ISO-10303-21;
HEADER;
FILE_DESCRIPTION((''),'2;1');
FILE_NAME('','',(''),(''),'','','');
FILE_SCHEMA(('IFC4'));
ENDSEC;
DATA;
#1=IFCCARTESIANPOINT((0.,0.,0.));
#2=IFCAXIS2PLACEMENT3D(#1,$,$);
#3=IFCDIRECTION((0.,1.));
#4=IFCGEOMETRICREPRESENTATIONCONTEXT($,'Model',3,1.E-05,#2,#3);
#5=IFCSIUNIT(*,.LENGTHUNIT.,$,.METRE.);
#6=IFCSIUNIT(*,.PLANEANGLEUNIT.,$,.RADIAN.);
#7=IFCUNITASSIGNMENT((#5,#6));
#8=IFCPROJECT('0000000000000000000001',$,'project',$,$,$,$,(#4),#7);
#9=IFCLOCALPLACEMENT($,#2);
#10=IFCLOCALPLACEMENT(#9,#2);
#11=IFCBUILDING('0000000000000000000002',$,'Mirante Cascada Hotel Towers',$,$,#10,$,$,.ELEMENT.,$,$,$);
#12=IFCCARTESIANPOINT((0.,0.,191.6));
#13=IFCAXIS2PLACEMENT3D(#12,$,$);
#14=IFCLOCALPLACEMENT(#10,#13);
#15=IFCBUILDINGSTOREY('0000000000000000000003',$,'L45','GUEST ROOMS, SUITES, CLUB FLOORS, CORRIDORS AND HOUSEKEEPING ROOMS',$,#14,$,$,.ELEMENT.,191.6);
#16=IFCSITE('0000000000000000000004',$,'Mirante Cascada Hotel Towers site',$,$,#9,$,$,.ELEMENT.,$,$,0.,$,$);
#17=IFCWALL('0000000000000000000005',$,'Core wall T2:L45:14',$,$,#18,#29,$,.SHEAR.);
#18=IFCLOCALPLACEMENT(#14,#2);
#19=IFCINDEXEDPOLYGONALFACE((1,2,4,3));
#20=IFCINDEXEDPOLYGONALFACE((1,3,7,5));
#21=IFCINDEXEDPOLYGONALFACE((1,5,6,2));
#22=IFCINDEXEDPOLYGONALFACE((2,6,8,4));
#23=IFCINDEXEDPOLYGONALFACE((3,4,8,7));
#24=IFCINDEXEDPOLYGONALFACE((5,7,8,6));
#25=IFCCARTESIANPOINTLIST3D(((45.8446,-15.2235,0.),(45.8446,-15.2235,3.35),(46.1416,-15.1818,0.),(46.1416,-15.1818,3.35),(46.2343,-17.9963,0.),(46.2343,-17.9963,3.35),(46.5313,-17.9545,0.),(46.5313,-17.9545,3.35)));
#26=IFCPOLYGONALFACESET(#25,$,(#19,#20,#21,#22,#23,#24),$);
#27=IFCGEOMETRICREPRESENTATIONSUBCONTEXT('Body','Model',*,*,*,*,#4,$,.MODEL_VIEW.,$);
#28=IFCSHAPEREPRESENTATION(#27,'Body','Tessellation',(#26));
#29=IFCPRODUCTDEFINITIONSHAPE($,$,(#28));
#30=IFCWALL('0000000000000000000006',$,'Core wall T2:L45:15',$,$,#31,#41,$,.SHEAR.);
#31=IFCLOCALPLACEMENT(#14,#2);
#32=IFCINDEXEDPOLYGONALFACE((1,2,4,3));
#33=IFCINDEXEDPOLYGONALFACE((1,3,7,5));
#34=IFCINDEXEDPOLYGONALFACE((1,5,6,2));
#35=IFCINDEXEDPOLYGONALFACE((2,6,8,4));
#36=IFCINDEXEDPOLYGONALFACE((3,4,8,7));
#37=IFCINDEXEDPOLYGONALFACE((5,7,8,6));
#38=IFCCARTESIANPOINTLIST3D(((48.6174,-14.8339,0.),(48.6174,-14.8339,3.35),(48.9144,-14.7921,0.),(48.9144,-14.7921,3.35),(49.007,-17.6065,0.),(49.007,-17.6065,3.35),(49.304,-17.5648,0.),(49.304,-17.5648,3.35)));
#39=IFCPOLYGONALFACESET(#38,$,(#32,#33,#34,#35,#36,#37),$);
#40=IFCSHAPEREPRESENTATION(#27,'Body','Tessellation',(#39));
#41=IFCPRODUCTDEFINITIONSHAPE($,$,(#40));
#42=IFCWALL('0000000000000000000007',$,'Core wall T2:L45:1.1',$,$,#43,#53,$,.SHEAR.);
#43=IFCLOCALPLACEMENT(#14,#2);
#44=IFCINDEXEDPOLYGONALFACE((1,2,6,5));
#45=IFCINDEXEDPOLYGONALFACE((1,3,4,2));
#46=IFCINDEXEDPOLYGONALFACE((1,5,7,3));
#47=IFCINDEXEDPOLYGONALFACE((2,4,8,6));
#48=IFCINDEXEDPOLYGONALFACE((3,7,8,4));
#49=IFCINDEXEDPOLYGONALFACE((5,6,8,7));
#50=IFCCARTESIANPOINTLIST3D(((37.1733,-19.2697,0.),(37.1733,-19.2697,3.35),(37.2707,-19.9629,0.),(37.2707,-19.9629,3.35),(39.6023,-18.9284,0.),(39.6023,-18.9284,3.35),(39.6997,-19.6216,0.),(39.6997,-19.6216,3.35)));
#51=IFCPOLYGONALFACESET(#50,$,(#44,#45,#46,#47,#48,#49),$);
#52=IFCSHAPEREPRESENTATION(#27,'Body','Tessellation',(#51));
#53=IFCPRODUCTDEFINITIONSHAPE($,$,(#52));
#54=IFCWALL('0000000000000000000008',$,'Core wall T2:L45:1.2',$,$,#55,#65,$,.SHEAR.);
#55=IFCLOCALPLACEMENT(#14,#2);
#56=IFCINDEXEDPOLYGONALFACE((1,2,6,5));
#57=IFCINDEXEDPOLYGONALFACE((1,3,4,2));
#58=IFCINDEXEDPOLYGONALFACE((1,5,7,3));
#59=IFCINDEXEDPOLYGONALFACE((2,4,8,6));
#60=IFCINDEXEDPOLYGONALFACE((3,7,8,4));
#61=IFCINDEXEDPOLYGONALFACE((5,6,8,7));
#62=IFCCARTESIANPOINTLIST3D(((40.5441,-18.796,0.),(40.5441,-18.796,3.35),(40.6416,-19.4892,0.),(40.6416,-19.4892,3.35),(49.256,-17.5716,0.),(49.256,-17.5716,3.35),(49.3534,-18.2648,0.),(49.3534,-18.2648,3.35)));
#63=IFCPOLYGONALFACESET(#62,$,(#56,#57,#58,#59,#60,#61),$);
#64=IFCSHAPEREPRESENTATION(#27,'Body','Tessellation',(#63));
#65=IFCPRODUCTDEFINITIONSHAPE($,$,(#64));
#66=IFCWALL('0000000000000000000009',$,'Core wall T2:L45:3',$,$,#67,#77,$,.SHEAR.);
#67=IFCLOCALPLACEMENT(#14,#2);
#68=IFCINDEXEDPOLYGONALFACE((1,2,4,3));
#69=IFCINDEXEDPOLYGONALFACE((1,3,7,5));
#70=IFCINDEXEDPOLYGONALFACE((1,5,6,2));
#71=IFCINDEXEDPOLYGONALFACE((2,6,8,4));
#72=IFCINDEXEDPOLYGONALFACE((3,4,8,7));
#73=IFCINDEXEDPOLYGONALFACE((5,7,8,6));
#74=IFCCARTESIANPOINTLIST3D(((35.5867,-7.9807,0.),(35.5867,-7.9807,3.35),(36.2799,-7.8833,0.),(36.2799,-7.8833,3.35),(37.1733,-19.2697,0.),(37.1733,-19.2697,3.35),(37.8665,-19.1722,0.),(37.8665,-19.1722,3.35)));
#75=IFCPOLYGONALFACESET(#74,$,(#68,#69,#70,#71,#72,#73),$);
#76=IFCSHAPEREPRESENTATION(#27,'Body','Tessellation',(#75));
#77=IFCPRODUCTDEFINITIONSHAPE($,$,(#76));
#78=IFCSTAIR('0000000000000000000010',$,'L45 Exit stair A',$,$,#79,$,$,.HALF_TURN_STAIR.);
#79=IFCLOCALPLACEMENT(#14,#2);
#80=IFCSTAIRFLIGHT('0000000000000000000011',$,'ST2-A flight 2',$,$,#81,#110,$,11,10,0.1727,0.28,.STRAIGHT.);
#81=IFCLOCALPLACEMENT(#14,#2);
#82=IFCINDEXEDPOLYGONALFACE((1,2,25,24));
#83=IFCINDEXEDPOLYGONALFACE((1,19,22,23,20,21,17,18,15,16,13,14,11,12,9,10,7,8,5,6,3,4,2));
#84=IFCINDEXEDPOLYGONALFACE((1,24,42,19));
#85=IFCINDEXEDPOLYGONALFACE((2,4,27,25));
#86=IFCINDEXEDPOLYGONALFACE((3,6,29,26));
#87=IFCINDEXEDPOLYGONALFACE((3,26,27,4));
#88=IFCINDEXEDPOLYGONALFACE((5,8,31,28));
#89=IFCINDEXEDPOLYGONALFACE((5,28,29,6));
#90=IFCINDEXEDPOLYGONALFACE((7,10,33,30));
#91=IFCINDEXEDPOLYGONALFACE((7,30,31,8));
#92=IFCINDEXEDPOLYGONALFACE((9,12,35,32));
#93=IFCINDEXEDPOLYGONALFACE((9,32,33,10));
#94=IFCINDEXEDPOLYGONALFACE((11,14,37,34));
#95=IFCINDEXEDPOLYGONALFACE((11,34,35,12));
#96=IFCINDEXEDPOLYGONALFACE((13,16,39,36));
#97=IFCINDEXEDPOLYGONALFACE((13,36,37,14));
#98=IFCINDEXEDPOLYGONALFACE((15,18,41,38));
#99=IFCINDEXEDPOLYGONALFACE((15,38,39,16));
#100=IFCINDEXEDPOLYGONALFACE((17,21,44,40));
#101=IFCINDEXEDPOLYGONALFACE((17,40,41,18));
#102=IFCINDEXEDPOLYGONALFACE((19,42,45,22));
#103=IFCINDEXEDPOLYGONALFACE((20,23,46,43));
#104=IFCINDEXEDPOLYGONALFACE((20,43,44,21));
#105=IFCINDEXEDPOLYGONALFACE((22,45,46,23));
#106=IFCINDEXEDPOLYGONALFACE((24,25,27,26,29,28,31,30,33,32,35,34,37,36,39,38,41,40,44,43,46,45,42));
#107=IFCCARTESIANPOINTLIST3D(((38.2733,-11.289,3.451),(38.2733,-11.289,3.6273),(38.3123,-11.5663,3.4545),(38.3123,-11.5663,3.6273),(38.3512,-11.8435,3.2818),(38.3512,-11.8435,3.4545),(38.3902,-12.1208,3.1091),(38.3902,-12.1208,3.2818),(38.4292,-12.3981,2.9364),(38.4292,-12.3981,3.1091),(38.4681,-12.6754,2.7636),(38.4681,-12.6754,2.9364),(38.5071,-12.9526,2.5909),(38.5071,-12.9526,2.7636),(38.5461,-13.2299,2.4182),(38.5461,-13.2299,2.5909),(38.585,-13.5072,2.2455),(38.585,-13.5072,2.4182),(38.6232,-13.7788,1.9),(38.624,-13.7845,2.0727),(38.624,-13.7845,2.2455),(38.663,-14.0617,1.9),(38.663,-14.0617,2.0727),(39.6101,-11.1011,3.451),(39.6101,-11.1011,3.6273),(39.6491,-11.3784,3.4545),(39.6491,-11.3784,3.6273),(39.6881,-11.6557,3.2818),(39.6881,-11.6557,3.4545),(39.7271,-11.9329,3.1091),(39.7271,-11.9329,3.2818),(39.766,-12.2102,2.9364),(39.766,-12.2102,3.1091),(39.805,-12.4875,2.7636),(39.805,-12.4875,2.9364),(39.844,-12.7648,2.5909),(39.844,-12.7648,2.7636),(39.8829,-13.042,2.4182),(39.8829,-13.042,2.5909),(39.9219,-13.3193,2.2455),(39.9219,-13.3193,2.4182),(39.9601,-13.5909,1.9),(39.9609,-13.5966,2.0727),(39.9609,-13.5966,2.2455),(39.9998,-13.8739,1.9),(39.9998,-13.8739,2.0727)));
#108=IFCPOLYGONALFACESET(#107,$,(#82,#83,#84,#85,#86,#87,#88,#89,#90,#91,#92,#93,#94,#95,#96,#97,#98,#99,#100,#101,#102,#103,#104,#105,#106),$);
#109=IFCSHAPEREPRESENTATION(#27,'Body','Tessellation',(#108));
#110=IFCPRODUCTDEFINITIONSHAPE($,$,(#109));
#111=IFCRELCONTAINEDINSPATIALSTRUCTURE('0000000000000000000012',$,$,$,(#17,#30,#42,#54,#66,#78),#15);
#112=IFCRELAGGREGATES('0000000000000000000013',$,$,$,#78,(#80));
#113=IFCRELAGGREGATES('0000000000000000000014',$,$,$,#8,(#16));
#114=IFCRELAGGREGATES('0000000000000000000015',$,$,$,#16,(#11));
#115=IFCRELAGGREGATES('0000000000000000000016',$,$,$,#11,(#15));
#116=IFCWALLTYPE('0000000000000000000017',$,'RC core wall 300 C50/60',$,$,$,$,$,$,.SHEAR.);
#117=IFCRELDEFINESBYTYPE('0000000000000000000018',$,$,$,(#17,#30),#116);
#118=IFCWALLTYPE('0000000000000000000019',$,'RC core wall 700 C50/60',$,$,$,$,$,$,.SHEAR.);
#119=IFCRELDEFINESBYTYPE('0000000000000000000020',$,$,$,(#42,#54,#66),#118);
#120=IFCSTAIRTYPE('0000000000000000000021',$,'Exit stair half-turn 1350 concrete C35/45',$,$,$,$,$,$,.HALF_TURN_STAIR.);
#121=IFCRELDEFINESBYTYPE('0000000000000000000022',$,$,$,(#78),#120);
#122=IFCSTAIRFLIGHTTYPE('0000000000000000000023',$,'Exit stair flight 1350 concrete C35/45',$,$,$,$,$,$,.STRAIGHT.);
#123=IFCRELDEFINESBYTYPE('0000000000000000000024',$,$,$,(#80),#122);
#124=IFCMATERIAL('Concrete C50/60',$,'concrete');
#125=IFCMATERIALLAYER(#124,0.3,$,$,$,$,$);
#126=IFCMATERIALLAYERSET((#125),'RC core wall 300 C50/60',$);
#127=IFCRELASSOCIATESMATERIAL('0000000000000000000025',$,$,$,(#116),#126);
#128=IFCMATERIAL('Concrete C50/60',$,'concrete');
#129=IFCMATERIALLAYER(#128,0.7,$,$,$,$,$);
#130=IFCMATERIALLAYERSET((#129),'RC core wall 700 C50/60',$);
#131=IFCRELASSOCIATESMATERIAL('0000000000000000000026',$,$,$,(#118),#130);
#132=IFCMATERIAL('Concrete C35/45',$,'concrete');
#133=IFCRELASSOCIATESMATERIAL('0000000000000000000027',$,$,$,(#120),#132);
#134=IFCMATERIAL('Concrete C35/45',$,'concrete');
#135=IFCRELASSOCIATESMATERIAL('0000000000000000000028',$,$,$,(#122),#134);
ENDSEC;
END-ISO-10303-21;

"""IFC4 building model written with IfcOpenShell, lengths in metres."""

from ifc_helpers import new_model, si_unit, direction, frame, frame_2d, origin, place, context, subcontext, project, spatial, polyline, rectangle, outline, extrude, material, layer, layer_set, type_object, element, aggregate, save


model = new_model("IFC4")

# Units and contexts
model_context = context("Model", 3, precision=1e-05, world=origin(), true_north=direction((0.0, 1.0)))
body_context = subcontext(model_context, "Body", "Model", "MODEL_VIEW")
ifc_project = project(units=[si_unit("LENGTHUNIT", "METRE"), si_unit("PLANEANGLEUNIT", "RADIAN")], contexts=[model_context])

# Site, building, storey
site_placement = place(None, origin())
site = spatial("IfcSite", under=ifc_project, at=site_placement, Name="Mirante Cascada Hotel Towers site", CompositionType="ELEMENT", RefElevation=0.0)
building_placement = place(site_placement, origin())
building = spatial("IfcBuilding", under=site, at=building_placement, Name="Mirante Cascada Hotel Towers", CompositionType="ELEMENT")
storey_placement = place(building_placement, frame((0.0, 0.0, 191.6)))
storey = spatial("IfcBuildingStorey", under=building, at=storey_placement, Name="L45", Description="GUEST ROOMS, SUITES, CLUB FLOORS, CORRIDORS AND HOUSEKEEPING ROOMS", CompositionType="ELEMENT", Elevation=191.6)

# Shared definitions
ifc_material_1 = material(Name="Concrete C50/60", Category="concrete")
ifc_layer_1 = layer(ifc_material_1, 0.3)
ifc_layer_set_1 = layer_set([ifc_layer_1], Name="RC core wall 300 C50/60")
wall_type_1 = type_object("IfcWallType", Name="RC core wall 300 C50/60", PredefinedType="SHEAR", material=ifc_layer_set_1)

# Walls
wall_1_placement = place(storey_placement, frame((46.3828, -17.9754, 0.0), z_axis=(0.0, 0.0, 1.0), x_axis=(-0.139181, 0.990267, 0.0)))
element("IfcWall", 1, at=wall_1_placement, inside=storey, type_object=wall_type_1, Name="Core wall T2:L45:14", PredefinedType="SHEAR", context=body_context, shape_type="SweptSolid", body=[
    extrude(rectangle(XDim=2.8, YDim=0.3, at=frame_2d((1.4, 0.0))), origin(), (0.0, 0.0, 1.0), 3.35),
])
wall_2_placement = place(storey_placement, frame((49.1555, -17.5857, 0.0), z_axis=(0.0, 0.0, 1.0), x_axis=(-0.139146, 0.990272, 0.0)))
element("IfcWall", 2, at=wall_2_placement, inside=storey, type_object=wall_type_1, Name="Core wall T2:L45:15", PredefinedType="SHEAR", context=body_context, shape_type="SweptSolid", body=[
    extrude(rectangle(XDim=2.7999, YDim=0.3, at=frame_2d((1.4, 0.0))), origin(), (0.0, 0.0, 1.0), 3.35),
])
ifc_material_2 = material(Name="Concrete C50/60", Category="concrete")
ifc_layer_2 = layer(ifc_material_2, 0.7)
ifc_layer_set_2 = layer_set([ifc_layer_2], Name="RC core wall 700 C50/60")
wall_type_2 = type_object("IfcWallType", Name="RC core wall 700 C50/60", PredefinedType="SHEAR", material=ifc_layer_set_2)
wall_3_placement = place(storey_placement, frame((37.222, -19.6163, 0.0), z_axis=(0.0, 0.0, 1.0), x_axis=(0.990272, 0.139144, 0.0)))
element("IfcWall", 3, at=wall_3_placement, inside=storey, type_object=wall_type_2, Name="Core wall T2:L45:1.1", PredefinedType="SHEAR", context=body_context, shape_type="SweptSolid", body=[
    extrude(rectangle(XDim=2.4529, YDim=0.7, at=frame_2d((1.2264, 0.0))), origin(), (0.0, 0.0, 1.0), 3.35),
])
wall_4_placement = place(storey_placement, frame((40.5928, -19.1426, 0.0), z_axis=(0.0, 0.0, 1.0), x_axis=(0.990268, 0.139176, 0.0)))
element("IfcWall", 4, at=wall_4_placement, inside=storey, type_object=wall_type_2, Name="Core wall T2:L45:1.2", PredefinedType="SHEAR", context=body_context, shape_type="SweptSolid", body=[
    extrude(rectangle(XDim=8.7975, YDim=0.7, at=frame_2d((4.3988, 0.0))), origin(), (0.0, 0.0, 1.0), 3.35),
])
wall_5_placement = place(storey_placement, frame((37.5199, -19.221, 0.0), z_axis=(0.0, 0.0, 1.0), x_axis=(-0.139176, 0.990268, 0.0)))
element("IfcWall", 5, at=wall_5_placement, inside=storey, type_object=wall_type_2, Name="Core wall T2:L45:3", PredefinedType="SHEAR", context=body_context, shape_type="SweptSolid", body=[
    extrude(rectangle(XDim=11.3999, YDim=0.7, at=frame_2d((5.7, 0.0))), origin(), (0.0, 0.0, 1.0), 3.35),
])

# Stair, stair flight
ifc_material_3 = material(Name="Concrete C35/45", Category="concrete")
stair_type = type_object("IfcStairType", Name="Exit stair half-turn 1350 concrete C35/45", PredefinedType="HALF_TURN_STAIR", material=ifc_material_3)
stair_placement = place(storey_placement, origin())
stair = element("IfcStair", 6, at=stair_placement, inside=storey, type_object=stair_type, Name="L45 Exit stair A", PredefinedType="HALF_TURN_STAIR")
ifc_material_4 = material(Name="Concrete C35/45", Category="concrete")
stair_flight_type = type_object("IfcStairFlightType", Name="Exit stair flight 1350 concrete C35/45", PredefinedType="STRAIGHT", material=ifc_material_4)
stair_flight_placement = place(storey_placement, frame((39.3314, -13.9678, 1.9), z_axis=(0.0, 0.0, 1.0), x_axis=(-0.139173, 0.990268, 0.0)))
stair_flight = element("IfcStairFlight", 7, at=stair_flight_placement, type_object=stair_flight_type, Name="ST2-A flight 2", NumberOfRisers=11, NumberOfTreads=10, PredefinedType="STRAIGHT", RiserHeight=0.1727, TreadLength=0.28, context=body_context, shape_type="SweptSolid", body=[
    extrude(outline(polyline([(0.0, 0.0), (0.0, 0.1727), (0.28, 0.1727), (0.28, 0.3455), (0.56, 0.3455), (0.56, 0.5182), (0.84, 0.5182), (0.84, 0.6909), (1.12, 0.6909), (1.12, 0.8636), (1.4, 0.8636), (1.4, 1.0364), (1.68, 1.0364), (1.68, 1.2091), (1.96, 1.2091), (1.96, 1.3818), (2.24, 1.3818), (2.24, 1.5545), (2.52, 1.5545), (2.52, 1.7273), (2.8, 1.7273), (2.8, 1.9), (2.8, 1.551), (0.2857, 0.0), (0.0, 0.0)])), frame((0.0, 0.675, 0.0), z_axis=(0.0, -1.0, 0.0), x_axis=(1.0, 0.0, 0.0)), (0.0, 0.0, 1.0), 1.35),
])
aggregate(stair, [stair_flight])

save(model, "model.ifc")
